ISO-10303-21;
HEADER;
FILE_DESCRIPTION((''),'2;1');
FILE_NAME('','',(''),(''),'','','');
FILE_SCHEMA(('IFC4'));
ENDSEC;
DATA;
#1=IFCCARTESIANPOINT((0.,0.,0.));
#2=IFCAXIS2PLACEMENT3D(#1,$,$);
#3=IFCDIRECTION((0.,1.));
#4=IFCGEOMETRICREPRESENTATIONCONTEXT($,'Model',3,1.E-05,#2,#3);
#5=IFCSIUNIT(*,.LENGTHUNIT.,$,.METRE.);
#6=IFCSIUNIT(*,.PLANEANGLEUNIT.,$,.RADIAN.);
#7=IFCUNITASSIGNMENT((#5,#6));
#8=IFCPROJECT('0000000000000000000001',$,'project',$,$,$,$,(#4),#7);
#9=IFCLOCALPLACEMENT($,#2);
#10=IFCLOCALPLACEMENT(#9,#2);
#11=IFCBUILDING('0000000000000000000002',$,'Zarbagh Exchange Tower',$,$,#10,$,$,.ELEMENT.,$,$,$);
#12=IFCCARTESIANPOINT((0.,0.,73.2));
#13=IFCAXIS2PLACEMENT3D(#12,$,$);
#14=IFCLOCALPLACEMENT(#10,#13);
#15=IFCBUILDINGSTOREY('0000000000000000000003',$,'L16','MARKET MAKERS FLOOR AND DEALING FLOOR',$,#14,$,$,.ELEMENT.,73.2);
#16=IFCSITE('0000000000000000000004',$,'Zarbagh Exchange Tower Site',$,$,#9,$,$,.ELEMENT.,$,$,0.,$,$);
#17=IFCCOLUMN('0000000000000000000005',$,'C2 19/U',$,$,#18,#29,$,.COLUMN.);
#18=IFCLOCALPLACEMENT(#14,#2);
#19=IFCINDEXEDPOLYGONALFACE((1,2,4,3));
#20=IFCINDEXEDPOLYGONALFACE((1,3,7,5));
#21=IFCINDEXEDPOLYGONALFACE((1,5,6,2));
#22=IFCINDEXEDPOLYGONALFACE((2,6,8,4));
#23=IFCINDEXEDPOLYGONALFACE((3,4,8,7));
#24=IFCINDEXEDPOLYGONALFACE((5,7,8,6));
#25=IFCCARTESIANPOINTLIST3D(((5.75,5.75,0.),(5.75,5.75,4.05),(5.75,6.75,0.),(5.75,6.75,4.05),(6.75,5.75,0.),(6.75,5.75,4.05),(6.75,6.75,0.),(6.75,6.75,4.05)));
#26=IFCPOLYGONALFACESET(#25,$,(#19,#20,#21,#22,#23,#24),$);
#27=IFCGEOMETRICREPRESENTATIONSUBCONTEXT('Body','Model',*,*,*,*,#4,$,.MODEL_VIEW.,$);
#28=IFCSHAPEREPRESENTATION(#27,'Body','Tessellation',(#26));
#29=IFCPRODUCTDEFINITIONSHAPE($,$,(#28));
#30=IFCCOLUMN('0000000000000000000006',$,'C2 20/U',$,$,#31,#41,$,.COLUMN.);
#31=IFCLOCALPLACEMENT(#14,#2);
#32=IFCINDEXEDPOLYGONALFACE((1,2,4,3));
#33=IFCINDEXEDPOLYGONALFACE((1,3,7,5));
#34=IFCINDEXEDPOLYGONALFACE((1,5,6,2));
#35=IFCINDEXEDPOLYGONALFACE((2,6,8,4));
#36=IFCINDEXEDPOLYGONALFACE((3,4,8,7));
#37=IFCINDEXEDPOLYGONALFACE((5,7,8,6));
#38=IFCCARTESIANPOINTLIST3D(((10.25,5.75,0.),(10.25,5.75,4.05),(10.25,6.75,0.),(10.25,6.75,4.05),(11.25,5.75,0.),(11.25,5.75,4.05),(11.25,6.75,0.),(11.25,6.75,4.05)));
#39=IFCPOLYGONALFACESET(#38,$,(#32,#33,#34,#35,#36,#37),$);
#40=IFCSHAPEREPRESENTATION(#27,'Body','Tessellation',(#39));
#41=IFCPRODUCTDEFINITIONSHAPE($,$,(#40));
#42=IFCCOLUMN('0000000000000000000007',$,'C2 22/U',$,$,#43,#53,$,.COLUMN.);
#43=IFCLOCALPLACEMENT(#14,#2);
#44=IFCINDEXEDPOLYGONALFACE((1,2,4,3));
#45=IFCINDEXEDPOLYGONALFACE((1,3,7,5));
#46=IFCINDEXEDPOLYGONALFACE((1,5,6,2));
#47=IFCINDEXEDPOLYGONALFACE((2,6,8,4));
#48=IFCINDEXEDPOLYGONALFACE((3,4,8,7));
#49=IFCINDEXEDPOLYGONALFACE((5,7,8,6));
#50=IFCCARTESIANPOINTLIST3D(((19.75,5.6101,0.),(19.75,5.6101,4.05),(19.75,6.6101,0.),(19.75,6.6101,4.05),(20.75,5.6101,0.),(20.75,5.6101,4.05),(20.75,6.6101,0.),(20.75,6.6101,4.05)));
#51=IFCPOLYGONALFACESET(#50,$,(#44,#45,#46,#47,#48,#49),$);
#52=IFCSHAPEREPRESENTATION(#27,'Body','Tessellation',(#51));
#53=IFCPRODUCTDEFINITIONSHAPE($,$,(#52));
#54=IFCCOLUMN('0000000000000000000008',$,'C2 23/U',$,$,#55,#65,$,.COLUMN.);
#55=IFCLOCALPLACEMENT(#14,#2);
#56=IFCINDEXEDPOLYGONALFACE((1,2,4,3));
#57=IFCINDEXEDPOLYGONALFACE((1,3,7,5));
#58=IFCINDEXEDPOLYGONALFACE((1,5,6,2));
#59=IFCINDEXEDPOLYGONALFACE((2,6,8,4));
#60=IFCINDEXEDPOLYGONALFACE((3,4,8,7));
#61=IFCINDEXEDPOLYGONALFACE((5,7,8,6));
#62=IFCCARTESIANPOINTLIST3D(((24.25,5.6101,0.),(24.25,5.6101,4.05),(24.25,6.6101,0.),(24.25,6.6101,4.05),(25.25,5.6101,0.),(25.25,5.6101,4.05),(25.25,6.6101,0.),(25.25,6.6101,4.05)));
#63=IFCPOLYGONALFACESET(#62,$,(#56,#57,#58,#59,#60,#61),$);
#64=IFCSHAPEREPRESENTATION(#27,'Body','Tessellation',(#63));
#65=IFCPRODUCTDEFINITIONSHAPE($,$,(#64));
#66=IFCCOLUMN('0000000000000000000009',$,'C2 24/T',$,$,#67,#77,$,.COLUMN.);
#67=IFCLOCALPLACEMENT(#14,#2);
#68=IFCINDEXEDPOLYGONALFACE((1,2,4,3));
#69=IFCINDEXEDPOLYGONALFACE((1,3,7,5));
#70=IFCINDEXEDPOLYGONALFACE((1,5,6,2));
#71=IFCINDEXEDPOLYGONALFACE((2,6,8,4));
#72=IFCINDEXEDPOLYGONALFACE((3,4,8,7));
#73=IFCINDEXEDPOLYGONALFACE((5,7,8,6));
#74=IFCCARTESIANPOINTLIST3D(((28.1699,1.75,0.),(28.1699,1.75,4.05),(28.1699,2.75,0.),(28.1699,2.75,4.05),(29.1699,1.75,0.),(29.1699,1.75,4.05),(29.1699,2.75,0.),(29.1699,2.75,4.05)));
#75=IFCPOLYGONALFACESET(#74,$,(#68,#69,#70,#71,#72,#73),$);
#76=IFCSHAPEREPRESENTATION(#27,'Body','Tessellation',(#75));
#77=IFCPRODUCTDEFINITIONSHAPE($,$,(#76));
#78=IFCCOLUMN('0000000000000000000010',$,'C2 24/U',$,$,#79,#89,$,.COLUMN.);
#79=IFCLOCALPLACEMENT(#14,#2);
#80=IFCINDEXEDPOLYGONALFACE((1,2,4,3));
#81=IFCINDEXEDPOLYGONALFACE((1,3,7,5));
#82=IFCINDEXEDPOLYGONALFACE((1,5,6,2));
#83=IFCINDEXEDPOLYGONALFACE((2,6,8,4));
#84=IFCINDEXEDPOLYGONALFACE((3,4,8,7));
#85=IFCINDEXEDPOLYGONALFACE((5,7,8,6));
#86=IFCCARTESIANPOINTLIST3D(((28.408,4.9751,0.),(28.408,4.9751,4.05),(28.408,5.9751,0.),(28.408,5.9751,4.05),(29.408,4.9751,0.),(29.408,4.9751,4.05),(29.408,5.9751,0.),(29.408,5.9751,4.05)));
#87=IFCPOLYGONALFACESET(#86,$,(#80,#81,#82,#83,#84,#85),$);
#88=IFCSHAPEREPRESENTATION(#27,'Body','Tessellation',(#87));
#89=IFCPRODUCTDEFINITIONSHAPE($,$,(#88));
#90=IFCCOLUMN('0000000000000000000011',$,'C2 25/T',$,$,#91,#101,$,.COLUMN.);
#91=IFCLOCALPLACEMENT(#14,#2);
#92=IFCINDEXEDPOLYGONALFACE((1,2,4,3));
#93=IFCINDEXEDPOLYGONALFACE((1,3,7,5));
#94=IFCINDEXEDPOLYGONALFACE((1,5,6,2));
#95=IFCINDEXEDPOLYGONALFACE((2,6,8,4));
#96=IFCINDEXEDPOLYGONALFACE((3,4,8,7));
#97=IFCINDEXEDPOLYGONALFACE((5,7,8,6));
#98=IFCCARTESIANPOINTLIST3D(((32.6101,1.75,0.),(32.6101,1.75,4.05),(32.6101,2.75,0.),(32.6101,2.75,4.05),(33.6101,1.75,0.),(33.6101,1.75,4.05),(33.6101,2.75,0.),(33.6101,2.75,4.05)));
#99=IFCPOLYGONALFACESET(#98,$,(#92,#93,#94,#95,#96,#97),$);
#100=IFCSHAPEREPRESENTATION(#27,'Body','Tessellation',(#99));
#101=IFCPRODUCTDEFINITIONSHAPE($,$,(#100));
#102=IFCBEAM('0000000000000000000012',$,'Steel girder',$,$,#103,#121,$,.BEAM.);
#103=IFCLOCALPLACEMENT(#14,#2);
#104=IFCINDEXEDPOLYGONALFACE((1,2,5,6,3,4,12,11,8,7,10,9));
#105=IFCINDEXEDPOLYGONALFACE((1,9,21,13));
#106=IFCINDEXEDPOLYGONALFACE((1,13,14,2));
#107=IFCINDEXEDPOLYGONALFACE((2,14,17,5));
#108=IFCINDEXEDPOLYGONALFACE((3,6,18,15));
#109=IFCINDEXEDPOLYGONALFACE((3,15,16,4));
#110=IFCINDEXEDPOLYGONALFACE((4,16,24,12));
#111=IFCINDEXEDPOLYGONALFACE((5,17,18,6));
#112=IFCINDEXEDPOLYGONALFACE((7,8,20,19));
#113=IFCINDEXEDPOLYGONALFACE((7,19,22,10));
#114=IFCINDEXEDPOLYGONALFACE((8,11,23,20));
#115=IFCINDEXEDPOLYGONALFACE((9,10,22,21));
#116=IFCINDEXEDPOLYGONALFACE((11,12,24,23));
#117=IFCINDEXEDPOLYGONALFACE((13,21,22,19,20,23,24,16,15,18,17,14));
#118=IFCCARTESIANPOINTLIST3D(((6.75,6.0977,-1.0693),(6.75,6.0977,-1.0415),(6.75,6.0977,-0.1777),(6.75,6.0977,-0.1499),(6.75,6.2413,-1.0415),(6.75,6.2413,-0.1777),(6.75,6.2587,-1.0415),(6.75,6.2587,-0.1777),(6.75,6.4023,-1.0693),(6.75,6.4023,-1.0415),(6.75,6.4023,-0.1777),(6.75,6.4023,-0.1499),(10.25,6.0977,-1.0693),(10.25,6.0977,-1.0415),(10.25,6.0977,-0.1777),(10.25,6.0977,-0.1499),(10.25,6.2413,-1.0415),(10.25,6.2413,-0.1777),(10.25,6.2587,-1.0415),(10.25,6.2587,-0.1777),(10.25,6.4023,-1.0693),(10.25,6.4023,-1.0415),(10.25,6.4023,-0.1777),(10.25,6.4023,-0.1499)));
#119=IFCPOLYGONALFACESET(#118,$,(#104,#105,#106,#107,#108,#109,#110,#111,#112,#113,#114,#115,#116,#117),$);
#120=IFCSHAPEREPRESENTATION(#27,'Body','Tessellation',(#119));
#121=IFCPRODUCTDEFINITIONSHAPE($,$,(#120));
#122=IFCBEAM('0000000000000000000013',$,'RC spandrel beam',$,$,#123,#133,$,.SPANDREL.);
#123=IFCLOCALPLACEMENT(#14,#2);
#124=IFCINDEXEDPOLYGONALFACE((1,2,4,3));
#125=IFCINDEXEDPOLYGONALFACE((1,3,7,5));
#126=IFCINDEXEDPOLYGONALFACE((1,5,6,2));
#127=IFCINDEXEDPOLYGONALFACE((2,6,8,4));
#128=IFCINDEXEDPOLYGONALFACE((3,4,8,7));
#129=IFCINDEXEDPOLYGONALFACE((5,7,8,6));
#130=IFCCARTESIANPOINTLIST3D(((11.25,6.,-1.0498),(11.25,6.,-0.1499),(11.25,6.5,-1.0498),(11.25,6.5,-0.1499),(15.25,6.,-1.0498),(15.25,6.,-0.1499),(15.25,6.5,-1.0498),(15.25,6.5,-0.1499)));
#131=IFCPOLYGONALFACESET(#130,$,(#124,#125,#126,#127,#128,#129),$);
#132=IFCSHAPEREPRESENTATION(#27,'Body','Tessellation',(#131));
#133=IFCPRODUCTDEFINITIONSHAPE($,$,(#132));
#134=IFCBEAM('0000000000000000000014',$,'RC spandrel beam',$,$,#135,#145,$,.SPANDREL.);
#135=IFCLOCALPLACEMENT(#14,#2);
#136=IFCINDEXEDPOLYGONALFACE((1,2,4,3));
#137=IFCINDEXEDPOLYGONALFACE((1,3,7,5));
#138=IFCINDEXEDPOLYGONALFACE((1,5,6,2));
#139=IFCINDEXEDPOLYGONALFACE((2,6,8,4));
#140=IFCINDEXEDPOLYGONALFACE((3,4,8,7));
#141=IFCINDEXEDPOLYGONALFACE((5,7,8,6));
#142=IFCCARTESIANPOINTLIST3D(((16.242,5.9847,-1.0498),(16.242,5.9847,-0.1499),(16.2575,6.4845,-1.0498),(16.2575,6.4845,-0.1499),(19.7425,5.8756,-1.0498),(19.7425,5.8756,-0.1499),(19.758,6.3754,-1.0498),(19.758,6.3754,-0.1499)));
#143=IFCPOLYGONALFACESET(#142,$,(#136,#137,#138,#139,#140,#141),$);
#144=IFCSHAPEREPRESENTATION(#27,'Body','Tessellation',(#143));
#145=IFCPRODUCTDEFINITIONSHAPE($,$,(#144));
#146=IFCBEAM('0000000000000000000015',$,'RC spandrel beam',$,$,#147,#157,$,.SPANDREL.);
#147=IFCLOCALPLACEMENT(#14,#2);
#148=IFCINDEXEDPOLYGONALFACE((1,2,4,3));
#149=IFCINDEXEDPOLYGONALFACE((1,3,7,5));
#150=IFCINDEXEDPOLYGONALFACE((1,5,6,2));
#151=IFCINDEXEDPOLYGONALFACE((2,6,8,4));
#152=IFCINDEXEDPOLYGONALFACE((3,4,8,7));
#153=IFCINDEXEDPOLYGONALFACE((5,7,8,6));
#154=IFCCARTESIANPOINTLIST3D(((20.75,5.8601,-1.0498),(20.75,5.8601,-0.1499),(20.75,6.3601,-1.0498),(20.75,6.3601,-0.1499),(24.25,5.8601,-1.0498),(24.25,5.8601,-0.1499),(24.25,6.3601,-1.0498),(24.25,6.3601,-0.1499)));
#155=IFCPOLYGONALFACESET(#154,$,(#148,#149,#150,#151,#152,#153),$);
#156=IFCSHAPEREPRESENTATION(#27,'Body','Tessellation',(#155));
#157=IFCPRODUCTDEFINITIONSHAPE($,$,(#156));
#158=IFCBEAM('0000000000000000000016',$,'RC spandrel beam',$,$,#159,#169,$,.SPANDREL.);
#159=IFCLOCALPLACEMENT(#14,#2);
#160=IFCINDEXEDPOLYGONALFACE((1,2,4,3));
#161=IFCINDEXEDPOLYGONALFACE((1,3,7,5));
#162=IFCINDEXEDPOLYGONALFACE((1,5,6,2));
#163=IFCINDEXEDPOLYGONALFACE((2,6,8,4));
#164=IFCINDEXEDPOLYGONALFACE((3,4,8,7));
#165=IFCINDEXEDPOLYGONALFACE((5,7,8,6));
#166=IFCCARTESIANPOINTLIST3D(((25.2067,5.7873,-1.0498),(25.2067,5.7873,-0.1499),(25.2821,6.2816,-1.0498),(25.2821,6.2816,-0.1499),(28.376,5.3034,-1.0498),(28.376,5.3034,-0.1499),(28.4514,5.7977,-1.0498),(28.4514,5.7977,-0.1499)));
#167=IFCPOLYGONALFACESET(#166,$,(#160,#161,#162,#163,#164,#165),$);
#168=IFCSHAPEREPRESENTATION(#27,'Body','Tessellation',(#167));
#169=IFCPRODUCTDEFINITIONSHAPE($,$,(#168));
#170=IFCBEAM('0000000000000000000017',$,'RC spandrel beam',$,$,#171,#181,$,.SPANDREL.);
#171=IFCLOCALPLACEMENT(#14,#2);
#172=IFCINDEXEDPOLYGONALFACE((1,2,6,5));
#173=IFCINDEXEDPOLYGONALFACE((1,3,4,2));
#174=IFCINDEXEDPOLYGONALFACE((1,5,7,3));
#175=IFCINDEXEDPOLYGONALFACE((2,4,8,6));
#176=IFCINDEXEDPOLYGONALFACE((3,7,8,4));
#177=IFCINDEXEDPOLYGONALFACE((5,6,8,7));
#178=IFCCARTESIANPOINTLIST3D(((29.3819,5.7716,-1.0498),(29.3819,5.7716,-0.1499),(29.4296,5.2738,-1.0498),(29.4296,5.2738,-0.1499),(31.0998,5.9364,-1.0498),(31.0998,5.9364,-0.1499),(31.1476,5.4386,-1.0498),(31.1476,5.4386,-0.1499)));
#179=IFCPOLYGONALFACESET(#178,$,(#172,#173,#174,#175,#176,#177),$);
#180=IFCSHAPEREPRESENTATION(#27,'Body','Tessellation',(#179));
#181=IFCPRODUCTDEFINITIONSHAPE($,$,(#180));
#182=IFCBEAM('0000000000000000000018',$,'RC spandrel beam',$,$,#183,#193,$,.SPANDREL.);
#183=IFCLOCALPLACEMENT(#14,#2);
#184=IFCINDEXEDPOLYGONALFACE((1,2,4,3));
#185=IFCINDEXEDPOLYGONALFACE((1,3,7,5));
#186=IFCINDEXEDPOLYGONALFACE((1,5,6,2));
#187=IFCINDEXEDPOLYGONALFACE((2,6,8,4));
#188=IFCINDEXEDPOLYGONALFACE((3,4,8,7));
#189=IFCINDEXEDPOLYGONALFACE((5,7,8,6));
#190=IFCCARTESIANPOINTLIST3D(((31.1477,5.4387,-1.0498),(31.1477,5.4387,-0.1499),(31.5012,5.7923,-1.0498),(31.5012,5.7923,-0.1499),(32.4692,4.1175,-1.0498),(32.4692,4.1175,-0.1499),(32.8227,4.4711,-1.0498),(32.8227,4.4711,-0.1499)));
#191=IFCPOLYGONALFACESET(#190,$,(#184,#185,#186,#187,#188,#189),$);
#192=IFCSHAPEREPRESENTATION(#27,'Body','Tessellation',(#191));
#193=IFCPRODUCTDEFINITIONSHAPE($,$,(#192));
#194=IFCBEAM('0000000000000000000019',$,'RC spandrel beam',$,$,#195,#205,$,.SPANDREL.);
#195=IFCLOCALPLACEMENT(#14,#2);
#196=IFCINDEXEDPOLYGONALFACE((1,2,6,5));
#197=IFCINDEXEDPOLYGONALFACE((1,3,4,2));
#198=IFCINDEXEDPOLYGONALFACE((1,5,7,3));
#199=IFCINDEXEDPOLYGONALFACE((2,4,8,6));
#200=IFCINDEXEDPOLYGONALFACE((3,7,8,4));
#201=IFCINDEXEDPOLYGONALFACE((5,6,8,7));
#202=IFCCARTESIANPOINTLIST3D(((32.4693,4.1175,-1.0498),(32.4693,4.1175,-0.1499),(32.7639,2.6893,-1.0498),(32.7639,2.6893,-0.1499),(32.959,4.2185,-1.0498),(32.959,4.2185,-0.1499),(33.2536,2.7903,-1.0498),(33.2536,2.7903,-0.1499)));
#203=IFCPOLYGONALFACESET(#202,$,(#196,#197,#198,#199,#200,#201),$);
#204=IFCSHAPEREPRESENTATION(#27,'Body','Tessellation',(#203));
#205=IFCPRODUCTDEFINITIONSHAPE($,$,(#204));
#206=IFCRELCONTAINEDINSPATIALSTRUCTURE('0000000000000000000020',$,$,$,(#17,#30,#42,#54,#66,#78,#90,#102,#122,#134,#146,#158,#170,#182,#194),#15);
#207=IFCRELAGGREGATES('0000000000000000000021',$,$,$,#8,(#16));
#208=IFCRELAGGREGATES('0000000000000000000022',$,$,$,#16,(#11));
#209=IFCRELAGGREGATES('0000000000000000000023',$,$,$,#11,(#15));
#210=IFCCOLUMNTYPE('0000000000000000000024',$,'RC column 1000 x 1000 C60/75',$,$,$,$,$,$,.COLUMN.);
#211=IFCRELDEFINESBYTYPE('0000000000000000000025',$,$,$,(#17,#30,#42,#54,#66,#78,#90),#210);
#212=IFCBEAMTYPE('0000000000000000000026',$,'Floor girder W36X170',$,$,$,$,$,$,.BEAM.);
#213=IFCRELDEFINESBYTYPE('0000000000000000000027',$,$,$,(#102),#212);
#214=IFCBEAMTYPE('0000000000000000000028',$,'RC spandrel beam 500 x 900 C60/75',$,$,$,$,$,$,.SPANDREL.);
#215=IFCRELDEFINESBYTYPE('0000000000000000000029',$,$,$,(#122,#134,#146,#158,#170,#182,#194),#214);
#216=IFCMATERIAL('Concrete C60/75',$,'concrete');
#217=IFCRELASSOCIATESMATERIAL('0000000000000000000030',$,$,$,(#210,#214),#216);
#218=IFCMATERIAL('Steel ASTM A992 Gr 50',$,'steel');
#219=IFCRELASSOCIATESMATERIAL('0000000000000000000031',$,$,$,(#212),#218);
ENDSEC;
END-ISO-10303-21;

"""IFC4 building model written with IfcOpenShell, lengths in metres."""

from ifc_helpers import new_model, si_unit, direction, frame, origin, origin_2d, place, context, subcontext, project, spatial, rectangle, i_section, extrude, material, material_profile, profile_set, type_object, element, save


model = new_model("IFC4")

# Units and contexts
model_context = context("Model", 3, precision=1e-05, world=origin(), true_north=direction((0.0, 1.0)))
body_context = subcontext(model_context, "Body", "Model", "MODEL_VIEW")
ifc_project = project(units=[si_unit("LENGTHUNIT", "METRE"), si_unit("PLANEANGLEUNIT", "RADIAN")], contexts=[model_context])

# Site, building, storey
site_placement = place(None, origin())
site = spatial("IfcSite", under=ifc_project, at=site_placement, Name="Zarbagh Exchange Tower Site", CompositionType="ELEMENT", RefElevation=0.0)
building_placement = place(site_placement, origin())
building = spatial("IfcBuilding", under=site, at=building_placement, Name="Zarbagh Exchange Tower", CompositionType="ELEMENT")
storey_placement = place(building_placement, frame((0.0, 0.0, 73.2)))
storey = spatial("IfcBuildingStorey", under=building, at=storey_placement, Name="L16", Description="MARKET MAKERS FLOOR AND DEALING FLOOR", CompositionType="ELEMENT", Elevation=73.2)

# Columns
ifc_material_1 = material(Name="Concrete C60/75", Category="concrete")
ifc_material_profile_1 = material_profile(ifc_material_1, rectangle(XDim=1.0, YDim=1.0, at=origin_2d()), Name="RC column 1000 x 1000 C60/75")
ifc_profile_set_1 = profile_set([ifc_material_profile_1], Name="Concrete C60/75")
column_type = type_object("IfcColumnType", Name="RC column 1000 x 1000 C60/75", PredefinedType="COLUMN", material=ifc_profile_set_1)
for number, where, z_axis, x_axis, name in (
    (1, (6.25, 6.25, 0.0), (0.0, 0.0, 1.0), (1.0, 0.0, 0.0), "C2 19/U"),
    (2, (10.75, 6.25, 0.0), (0.0, 0.0, 1.0), (1.0, 0.0, 0.0), "C2 20/U"),
    (3, (20.25, 6.1101, 0.0), (0.0, 0.0, 1.0), (1.0, 0.0, 0.0), "C2 22/U"),
    (4, (24.75, 6.1101, 0.0), (0.0, 0.0, 1.0), (1.0, 0.0, 0.0), "C2 23/U"),
    (5, (28.6699, 2.25, 0.0), (0.0, 0.0, 1.0), (1.0, 0.0, 0.0), "C2 24/T"),
    (6, (28.908, 5.4751, 0.0), (0.0, 0.0, 1.0), (1.0, 0.0, 0.0), "C2 24/U"),
    (7, (33.1101, 2.25, 0.0), (0.0, 0.0, 1.0), (1.0, 0.0, 0.0), "C2 25/T"),
):
    element("IfcColumn", number, at=place(storey_placement, frame(where, z_axis=z_axis, x_axis=x_axis)), inside=storey, type_object=column_type, Name=name, PredefinedType="COLUMN", context=body_context, shape_type="SweptSolid", body=[
        extrude(rectangle(XDim=1.0, YDim=1.0, at=origin_2d()), origin(), (0.0, 0.0, 1.0), 4.05),
    ])

# Beams
ifc_material_2 = material(Name="Steel ASTM A992 Gr 50", Category="steel")
ifc_material_profile_2 = material_profile(ifc_material_2, i_section(OverallWidth=0.3047, OverallDepth=0.9194, WebThickness=0.0173, FlangeThickness=0.0278, at=origin_2d()), Name="W36X170")
ifc_profile_set_2 = profile_set([ifc_material_profile_2], Name="Steel ASTM A992 Gr 50")
beam_type_1 = type_object("IfcBeamType", Name="Floor girder W36X170", PredefinedType="BEAM", material=ifc_profile_set_2)
beam_1_placement = place(storey_placement, frame((6.75, 6.25, -0.6096), z_axis=(1.0, 0.0, 0.0), x_axis=(0.0, 1.0, 0.0)))
element("IfcBeam", 8, at=beam_1_placement, inside=storey, type_object=beam_type_1, Name="Steel girder", PredefinedType="BEAM", context=body_context, shape_type="SweptSolid", body=[
    extrude(i_section(OverallWidth=0.3047, OverallDepth=0.9194, WebThickness=0.0173, FlangeThickness=0.0278, at=origin_2d()), origin(), (0.0, 0.0, 1.0), 3.5),
])
ifc_material_profile_3 = material_profile(ifc_material_1, rectangle(XDim=0.5, YDim=0.8999, at=origin_2d()), Name="RC spandrel beam 500 x 900 C60/75")
ifc_profile_set_3 = profile_set([ifc_material_profile_3], Name="Concrete C60/75")
beam_type_2 = type_object("IfcBeamType", Name="RC spandrel beam 500 x 900 C60/75", PredefinedType="SPANDREL", material=ifc_profile_set_3)
beam_2_placement = place(storey_placement, frame((11.25, 6.25, -0.5999), z_axis=(1.0, 0.0, 0.0), x_axis=(0.0, 1.0, 0.0)))
element("IfcBeam", 9, at=beam_2_placement, inside=storey, type_object=beam_type_2, Name="RC spandrel beam", PredefinedType="SPANDREL", context=body_context, shape_type="SweptSolid", body=[
    extrude(rectangle(XDim=0.5, YDim=0.8999, at=origin_2d()), origin(), (0.0, 0.0, 1.0), 4.0),
])
beam_3_placement = place(storey_placement, frame((16.2498, 6.2346, -0.5999), z_axis=(0.999514, -0.031161, 0.0), x_axis=(0.031161, 0.999514, 0.0)))
element("IfcBeam", 10, at=beam_3_placement, inside=storey, type_object=beam_type_2, Name="RC spandrel beam", PredefinedType="SPANDREL", context=body_context, shape_type="SweptSolid", body=[
    extrude(rectangle(XDim=0.5, YDim=0.8999, at=origin_2d()), origin(), (0.0, 0.0, 1.0), 3.5022),
])
beam_4_placement = place(storey_placement, frame((20.75, 6.1101, -0.5999), z_axis=(1.0, 0.0, 0.0), x_axis=(0.0, 1.0, 0.0)))
element("IfcBeam", 11, at=beam_4_placement, inside=storey, type_object=beam_type_2, Name="RC spandrel beam", PredefinedType="SPANDREL", context=body_context, shape_type="SweptSolid", body=[
    extrude(rectangle(XDim=0.5, YDim=0.8999, at=origin_2d()), origin(), (0.0, 0.0, 1.0), 3.5),
])
beam_5_placement = place(storey_placement, frame((25.2444, 6.0344, -0.5999), z_axis=(0.988545, -0.150924, 0.0), x_axis=(0.150924, 0.988545, 0.0)))
element("IfcBeam", 12, at=beam_5_placement, inside=storey, type_object=beam_type_2, Name="RC spandrel beam", PredefinedType="SPANDREL", context=body_context, shape_type="SweptSolid", body=[
    extrude(rectangle(XDim=0.5, YDim=0.8999, at=origin_2d()), origin(), (0.0, 0.0, 1.0), 3.2061),
])
beam_6_placement = place(storey_placement, frame((29.4058, 5.5227, -0.5999), z_axis=(0.995431, 0.095483, 0.0), x_axis=(-0.095483, 0.995431, 0.0)))
element("IfcBeam", 13, at=beam_6_placement, inside=storey, type_object=beam_type_2, Name="RC spandrel beam", PredefinedType="SPANDREL", context=body_context, shape_type="SweptSolid", body=[
    extrude(rectangle(XDim=0.5, YDim=0.8999, at=origin_2d()), origin(), (0.0, 0.0, 1.0), 1.7258),
])
beam_7_placement = place(storey_placement, frame((31.3245, 5.6155, -0.5999), z_axis=(0.707172, -0.707041, 0.0), x_axis=(0.707041, 0.707172, 0.0)))
element("IfcBeam", 14, at=beam_7_placement, inside=storey, type_object=beam_type_2, Name="RC spandrel beam", PredefinedType="SPANDREL", context=body_context, shape_type="SweptSolid", body=[
    extrude(rectangle(XDim=0.5, YDim=0.8999, at=origin_2d()), origin(), (0.0, 0.0, 1.0), 1.8687),
])
beam_8_placement = place(storey_placement, frame((32.7141, 4.168, -0.5999), z_axis=(0.202069, -0.979371, 0.0), x_axis=(0.979371, 0.202069, 0.0)))
element("IfcBeam", 15, at=beam_8_placement, inside=storey, type_object=beam_type_2, Name="RC spandrel beam", PredefinedType="SPANDREL", context=body_context, shape_type="SweptSolid", body=[
    extrude(rectangle(XDim=0.5, YDim=0.8999, at=origin_2d()), origin(), (0.0, 0.0, 1.0), 1.4583),
])

save(model, "model.ifc")
